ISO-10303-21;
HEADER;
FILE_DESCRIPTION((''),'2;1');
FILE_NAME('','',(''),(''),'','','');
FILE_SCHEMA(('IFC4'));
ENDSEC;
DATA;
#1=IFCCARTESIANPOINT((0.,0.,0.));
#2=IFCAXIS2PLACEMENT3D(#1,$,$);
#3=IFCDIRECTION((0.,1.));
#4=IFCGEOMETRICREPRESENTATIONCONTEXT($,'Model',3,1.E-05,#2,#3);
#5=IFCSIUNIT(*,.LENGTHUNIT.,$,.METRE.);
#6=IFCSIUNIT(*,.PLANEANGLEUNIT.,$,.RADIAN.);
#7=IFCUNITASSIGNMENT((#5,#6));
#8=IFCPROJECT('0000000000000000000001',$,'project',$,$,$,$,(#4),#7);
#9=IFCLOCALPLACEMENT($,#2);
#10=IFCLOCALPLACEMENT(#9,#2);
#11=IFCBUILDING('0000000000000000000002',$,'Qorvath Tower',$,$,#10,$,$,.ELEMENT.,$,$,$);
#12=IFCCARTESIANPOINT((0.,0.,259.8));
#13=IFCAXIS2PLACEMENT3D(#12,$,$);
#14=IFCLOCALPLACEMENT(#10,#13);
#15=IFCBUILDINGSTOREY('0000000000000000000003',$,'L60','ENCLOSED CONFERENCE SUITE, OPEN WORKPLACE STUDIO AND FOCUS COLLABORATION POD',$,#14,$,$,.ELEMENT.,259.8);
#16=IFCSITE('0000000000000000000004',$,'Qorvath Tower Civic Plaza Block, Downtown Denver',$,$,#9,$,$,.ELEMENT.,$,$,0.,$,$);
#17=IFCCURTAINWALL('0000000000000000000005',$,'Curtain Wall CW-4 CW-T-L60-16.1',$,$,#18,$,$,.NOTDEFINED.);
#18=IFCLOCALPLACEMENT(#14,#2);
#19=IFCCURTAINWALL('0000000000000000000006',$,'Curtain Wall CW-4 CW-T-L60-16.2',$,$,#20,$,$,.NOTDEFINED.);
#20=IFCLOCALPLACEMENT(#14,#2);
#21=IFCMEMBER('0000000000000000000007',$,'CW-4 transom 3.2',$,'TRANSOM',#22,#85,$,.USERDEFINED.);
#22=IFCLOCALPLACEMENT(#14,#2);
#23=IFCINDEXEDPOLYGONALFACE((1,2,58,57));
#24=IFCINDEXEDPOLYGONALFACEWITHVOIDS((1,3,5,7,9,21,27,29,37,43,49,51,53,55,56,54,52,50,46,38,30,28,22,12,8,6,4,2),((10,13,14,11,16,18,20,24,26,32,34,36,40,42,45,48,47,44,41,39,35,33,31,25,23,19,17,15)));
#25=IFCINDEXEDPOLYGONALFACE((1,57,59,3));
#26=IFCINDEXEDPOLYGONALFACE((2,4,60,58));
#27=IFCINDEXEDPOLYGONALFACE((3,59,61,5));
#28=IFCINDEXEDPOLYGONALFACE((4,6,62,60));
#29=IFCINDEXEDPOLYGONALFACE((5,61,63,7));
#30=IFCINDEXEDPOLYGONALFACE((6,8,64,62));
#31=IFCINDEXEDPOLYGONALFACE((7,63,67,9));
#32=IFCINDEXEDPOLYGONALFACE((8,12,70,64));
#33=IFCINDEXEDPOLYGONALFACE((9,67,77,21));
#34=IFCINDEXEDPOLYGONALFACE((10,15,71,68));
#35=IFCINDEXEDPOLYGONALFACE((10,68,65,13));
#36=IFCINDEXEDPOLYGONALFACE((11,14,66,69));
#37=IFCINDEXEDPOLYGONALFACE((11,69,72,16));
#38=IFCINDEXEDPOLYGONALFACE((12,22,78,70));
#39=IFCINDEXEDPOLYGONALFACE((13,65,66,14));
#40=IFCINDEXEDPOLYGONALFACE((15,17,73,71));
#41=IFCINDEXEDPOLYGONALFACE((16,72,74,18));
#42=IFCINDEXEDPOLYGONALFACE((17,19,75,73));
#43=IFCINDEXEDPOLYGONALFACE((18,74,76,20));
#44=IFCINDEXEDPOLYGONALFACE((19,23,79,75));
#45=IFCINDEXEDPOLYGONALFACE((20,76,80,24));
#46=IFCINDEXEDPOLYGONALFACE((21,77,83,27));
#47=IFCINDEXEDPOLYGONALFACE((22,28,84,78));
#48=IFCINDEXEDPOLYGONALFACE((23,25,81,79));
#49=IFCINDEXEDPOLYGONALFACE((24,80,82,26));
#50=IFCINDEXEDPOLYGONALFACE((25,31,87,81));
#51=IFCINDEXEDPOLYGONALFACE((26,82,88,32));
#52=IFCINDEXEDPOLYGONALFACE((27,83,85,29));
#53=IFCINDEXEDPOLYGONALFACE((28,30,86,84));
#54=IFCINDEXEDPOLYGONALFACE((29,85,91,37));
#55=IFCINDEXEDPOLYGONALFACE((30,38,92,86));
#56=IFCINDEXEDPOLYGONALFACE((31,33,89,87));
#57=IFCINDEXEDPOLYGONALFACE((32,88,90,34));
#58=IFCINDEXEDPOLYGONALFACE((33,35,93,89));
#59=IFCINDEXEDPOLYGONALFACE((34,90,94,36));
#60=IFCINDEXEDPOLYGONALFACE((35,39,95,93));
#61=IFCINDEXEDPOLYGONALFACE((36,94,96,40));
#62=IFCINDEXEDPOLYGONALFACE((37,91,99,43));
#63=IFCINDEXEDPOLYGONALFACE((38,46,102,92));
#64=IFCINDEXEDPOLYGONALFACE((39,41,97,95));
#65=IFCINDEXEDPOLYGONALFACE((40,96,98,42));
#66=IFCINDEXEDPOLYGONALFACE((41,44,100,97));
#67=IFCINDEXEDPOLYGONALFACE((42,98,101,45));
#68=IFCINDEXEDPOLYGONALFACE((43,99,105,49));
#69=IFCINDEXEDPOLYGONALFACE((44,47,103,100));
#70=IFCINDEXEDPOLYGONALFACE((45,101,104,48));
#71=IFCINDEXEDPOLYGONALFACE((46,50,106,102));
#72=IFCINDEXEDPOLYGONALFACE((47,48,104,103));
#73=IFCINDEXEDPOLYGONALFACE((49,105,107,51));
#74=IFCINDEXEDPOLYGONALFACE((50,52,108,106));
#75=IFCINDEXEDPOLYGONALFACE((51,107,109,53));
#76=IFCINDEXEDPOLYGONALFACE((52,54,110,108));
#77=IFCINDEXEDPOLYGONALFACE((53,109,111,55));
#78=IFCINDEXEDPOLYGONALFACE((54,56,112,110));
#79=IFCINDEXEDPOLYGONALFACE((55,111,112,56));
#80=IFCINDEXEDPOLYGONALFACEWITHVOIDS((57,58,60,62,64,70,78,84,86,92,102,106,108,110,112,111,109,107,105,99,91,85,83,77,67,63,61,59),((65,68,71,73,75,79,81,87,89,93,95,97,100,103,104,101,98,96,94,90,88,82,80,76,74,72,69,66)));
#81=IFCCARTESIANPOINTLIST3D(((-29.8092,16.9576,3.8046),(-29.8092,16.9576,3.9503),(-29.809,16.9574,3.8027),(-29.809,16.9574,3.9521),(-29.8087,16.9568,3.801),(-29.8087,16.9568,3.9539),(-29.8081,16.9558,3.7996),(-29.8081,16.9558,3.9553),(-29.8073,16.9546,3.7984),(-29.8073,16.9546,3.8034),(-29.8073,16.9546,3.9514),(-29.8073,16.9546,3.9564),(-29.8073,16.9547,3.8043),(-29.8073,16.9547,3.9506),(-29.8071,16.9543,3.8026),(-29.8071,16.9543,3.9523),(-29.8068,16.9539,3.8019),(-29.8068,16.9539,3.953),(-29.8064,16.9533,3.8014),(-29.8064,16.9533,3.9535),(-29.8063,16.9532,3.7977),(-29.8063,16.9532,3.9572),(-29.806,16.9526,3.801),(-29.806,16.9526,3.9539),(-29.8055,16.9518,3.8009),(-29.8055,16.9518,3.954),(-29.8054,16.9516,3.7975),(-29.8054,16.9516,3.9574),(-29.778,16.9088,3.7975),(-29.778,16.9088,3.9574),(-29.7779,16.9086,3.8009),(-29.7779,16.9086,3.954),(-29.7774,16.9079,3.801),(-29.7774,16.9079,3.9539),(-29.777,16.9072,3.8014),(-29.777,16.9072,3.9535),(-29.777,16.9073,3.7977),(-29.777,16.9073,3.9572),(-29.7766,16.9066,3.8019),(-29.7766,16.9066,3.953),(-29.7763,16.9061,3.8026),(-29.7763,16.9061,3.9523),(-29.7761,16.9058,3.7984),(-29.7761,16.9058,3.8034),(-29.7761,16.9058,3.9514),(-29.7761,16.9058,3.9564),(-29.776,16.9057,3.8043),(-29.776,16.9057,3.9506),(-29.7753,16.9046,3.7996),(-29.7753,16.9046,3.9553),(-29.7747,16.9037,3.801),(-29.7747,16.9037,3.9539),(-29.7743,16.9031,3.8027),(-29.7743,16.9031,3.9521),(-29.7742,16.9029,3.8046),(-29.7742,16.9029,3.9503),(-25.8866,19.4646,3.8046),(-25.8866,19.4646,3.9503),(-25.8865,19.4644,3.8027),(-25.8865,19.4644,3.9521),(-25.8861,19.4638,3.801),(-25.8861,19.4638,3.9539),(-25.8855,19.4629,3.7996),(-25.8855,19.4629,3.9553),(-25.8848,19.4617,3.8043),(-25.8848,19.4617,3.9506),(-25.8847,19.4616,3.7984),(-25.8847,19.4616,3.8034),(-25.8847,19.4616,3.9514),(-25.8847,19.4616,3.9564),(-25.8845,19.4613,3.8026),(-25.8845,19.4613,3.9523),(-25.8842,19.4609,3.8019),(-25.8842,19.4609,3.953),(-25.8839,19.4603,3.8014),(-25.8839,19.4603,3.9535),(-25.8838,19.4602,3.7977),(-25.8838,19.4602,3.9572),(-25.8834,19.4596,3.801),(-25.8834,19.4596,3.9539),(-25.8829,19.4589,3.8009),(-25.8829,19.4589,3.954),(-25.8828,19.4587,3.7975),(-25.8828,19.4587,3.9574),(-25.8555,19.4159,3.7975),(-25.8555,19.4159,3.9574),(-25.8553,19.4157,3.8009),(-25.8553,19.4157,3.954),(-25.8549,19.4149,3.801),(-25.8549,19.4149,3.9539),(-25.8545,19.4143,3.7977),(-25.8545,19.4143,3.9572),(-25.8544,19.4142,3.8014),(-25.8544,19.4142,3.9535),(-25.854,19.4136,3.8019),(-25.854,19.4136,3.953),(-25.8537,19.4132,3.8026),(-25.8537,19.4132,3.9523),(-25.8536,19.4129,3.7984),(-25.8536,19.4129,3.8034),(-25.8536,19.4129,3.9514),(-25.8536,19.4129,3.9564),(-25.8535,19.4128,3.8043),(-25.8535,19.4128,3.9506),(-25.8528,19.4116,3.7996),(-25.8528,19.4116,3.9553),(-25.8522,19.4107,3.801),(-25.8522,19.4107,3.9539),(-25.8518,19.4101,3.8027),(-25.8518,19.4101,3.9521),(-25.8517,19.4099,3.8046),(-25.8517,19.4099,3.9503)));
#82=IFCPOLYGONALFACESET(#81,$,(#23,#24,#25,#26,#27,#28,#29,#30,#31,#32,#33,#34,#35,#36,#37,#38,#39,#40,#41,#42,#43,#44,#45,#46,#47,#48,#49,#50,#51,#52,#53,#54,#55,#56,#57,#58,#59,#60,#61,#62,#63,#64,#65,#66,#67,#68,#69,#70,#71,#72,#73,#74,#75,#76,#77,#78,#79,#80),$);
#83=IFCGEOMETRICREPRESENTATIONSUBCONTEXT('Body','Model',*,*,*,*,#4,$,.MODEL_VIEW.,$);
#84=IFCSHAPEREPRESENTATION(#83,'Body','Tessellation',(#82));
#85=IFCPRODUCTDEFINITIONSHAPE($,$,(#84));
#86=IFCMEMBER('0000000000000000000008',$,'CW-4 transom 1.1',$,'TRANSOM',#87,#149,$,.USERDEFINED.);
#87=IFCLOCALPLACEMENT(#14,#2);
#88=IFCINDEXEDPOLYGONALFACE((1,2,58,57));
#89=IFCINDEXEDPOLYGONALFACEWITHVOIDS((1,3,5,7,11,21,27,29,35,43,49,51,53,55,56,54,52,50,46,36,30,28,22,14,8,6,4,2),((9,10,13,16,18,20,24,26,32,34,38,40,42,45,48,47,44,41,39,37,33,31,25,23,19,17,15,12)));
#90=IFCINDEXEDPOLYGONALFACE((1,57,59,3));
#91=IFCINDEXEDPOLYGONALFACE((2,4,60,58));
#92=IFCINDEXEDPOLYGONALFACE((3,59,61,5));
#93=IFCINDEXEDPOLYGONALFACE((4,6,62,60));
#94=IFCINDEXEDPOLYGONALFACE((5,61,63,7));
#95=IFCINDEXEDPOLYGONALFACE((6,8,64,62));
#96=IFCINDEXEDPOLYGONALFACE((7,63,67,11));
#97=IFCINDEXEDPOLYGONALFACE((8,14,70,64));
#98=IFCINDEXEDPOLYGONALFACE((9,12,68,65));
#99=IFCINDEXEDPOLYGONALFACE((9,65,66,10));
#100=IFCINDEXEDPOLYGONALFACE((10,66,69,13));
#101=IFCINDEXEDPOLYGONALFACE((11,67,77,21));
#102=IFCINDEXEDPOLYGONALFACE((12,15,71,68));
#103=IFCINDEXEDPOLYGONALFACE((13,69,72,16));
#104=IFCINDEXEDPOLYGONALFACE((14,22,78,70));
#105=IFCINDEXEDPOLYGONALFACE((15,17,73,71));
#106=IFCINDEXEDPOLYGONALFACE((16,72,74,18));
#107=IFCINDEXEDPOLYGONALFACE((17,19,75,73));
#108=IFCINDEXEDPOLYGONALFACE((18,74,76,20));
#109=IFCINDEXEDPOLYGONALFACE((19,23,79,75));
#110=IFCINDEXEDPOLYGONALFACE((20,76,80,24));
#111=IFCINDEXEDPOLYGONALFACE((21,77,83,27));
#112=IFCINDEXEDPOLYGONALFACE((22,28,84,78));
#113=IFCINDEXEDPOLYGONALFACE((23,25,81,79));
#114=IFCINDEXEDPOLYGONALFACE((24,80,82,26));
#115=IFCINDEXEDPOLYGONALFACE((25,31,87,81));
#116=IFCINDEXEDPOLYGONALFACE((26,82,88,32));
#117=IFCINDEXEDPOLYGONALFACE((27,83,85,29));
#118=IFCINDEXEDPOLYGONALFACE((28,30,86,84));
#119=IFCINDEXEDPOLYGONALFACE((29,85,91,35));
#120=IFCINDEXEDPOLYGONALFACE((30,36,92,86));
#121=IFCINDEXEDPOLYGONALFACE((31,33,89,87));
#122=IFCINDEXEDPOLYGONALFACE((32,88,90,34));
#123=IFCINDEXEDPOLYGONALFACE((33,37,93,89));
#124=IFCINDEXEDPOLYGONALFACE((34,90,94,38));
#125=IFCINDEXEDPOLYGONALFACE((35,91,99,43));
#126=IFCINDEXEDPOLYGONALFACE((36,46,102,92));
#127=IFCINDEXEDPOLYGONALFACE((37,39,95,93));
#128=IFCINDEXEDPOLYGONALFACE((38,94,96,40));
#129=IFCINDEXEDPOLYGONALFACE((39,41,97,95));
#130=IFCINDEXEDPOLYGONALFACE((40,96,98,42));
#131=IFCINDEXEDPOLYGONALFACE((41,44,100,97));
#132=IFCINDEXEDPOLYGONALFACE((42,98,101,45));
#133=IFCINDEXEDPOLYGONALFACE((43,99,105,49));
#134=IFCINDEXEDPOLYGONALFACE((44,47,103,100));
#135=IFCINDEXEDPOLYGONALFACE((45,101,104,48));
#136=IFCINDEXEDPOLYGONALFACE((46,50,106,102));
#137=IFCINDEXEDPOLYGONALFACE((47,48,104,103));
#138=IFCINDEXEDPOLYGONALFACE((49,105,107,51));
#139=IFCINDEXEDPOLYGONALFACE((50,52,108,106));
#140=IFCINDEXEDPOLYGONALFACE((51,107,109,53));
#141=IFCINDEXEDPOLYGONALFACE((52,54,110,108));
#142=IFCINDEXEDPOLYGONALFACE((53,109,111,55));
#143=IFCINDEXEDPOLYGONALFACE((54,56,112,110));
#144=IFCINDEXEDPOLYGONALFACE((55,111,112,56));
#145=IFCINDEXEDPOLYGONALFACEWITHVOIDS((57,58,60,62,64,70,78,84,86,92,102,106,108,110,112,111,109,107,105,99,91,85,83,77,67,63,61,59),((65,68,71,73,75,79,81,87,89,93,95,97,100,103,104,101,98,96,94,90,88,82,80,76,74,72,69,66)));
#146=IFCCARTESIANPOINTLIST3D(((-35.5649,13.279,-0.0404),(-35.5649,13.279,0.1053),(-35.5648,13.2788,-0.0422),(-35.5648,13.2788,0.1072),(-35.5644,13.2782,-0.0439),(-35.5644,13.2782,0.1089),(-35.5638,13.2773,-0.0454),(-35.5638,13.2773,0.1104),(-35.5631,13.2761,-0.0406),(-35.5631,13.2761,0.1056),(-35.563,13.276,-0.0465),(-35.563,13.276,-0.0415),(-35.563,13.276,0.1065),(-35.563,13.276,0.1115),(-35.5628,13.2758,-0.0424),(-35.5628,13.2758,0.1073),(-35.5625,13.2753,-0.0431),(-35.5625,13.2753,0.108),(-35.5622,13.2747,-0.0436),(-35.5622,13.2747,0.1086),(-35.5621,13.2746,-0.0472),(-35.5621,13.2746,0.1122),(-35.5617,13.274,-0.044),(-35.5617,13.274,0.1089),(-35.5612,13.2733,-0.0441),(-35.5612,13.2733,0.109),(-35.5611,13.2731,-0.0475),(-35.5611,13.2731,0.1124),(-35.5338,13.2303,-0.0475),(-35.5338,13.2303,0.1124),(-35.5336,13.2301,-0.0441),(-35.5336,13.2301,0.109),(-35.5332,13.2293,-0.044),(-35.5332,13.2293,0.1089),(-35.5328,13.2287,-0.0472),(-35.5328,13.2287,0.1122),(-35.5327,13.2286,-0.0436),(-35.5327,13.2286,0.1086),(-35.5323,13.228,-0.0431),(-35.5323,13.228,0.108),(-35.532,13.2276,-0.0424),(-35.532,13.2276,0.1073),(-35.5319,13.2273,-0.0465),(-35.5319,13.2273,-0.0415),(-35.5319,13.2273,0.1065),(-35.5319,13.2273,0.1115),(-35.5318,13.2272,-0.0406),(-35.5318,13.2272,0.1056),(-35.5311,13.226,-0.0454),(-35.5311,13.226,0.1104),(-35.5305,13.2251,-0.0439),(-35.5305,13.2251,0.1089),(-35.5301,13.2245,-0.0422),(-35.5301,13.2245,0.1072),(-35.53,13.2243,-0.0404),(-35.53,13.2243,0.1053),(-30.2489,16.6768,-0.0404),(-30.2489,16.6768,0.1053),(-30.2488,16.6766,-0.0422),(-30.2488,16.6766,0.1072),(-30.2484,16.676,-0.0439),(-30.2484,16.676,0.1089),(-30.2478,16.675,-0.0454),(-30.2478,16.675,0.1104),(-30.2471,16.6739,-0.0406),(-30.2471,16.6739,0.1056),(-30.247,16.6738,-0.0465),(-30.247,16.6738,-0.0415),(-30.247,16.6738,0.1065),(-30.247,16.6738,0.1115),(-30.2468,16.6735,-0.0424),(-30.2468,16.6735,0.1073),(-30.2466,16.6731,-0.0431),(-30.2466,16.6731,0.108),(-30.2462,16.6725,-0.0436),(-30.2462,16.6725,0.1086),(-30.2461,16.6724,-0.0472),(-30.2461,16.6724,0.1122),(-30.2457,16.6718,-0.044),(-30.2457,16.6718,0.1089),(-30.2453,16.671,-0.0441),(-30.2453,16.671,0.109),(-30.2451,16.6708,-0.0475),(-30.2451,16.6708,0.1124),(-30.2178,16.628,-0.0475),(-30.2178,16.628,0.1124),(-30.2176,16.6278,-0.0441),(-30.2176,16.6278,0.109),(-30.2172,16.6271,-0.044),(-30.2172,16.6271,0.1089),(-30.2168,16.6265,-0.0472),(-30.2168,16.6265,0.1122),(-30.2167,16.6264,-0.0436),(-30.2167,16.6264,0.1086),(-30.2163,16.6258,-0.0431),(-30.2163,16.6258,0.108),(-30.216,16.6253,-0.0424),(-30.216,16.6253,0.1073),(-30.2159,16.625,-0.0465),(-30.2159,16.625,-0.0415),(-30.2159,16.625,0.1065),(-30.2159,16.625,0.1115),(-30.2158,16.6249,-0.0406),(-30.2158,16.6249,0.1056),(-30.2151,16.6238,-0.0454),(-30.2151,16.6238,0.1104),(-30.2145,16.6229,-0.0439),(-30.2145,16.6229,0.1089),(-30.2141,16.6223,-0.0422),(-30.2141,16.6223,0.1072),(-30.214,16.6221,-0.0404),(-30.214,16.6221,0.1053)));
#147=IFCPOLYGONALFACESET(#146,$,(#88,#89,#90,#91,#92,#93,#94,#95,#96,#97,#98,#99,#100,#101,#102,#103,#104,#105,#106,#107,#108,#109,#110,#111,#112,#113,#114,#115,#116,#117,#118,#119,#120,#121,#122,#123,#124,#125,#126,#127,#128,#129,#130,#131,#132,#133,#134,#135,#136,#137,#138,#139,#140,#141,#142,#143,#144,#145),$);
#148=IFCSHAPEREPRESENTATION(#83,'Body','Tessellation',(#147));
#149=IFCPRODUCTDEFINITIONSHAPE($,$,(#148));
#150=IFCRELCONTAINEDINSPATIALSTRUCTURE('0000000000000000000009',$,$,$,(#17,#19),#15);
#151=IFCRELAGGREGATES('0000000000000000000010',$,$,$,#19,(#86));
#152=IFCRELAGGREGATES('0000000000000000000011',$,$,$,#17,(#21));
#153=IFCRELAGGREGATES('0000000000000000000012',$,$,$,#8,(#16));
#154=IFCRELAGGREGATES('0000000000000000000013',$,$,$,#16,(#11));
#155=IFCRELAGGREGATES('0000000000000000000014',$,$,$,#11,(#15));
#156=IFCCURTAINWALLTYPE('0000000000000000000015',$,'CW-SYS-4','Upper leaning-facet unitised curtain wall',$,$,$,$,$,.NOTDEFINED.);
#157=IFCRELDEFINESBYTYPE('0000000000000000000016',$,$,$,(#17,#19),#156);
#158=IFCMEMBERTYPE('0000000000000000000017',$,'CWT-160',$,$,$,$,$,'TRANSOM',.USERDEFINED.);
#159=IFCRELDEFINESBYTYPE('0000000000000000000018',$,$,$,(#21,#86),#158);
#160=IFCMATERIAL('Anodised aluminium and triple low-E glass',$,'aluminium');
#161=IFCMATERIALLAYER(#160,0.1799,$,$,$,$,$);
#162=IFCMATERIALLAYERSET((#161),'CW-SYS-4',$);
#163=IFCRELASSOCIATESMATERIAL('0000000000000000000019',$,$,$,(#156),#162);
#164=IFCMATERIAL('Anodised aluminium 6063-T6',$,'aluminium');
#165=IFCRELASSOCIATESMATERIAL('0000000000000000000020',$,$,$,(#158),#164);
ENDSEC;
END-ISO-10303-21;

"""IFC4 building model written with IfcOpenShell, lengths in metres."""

from ifc_helpers import new_model, si_unit, direction, frame, origin, origin_2d, place, context, subcontext, project, spatial, hollow_rectangle, extrude, material, layer, layer_set, material_profile, profile_set, type_object, element, aggregate, save


model = new_model("IFC4")

# Units and contexts
model_context = context("Model", 3, precision=1e-05, world=origin(), true_north=direction((0.0, 1.0)))
body_context = subcontext(model_context, "Body", "Model", "MODEL_VIEW")
ifc_project = project(units=[si_unit("LENGTHUNIT", "METRE"), si_unit("PLANEANGLEUNIT", "RADIAN")], contexts=[model_context])

# Site, building, storey
site_placement = place(None, origin())
site = spatial("IfcSite", under=ifc_project, at=site_placement, Name="Qorvath Tower Civic Plaza Block, Downtown Denver", CompositionType="ELEMENT", RefElevation=0.0)
building_placement = place(site_placement, origin())
building = spatial("IfcBuilding", under=site, at=building_placement, Name="Qorvath Tower", CompositionType="ELEMENT")
storey_placement = place(building_placement, frame((0.0, 0.0, 259.8)))
storey = spatial("IfcBuildingStorey", under=building, at=storey_placement, Name="L60", Description="ENCLOSED CONFERENCE SUITE, OPEN WORKPLACE STUDIO AND FOCUS COLLABORATION POD", CompositionType="ELEMENT", Elevation=259.8)

# Curtain wall
ifc_material_1 = material(Name="Anodised aluminium and triple low-E glass", Category="aluminium")
ifc_layer_1 = layer(ifc_material_1, 0.1799)
ifc_layer_set_1 = layer_set([ifc_layer_1], Name="CW-SYS-4")
curtain_wall_type = type_object("IfcCurtainWallType", Name="CW-SYS-4", Description="Upper leaning-facet unitised curtain wall", PredefinedType="NOTDEFINED", material=ifc_layer_set_1)
curtain_wall_1_placement = place(storey_placement, origin())
curtain_wall_1 = element("IfcCurtainWall", 1, at=curtain_wall_1_placement, inside=storey, type_object=curtain_wall_type, Name="Curtain Wall CW-4 CW-T-L60-16.1", PredefinedType="NOTDEFINED")

# Curtain wall
curtain_wall_2_placement = place(storey_placement, origin())
curtain_wall_2 = element("IfcCurtainWall", 2, at=curtain_wall_2_placement, inside=storey, type_object=curtain_wall_type, Name="Curtain Wall CW-4 CW-T-L60-16.2", PredefinedType="NOTDEFINED")

# Members
ifc_material_2 = material(Name="Anodised aluminium 6063-T6", Category="aluminium")
ifc_material_profile_1 = material_profile(ifc_material_2, hollow_rectangle(XDim=0.0649, YDim=0.1599, WallThickness=0.0034, InnerFilletRadius=0.0034, OuterFilletRadius=0.0071, at=origin_2d()), Name="CWT 160x65")
ifc_profile_set_1 = profile_set([ifc_material_profile_1], Name="Anodised aluminium 6063-T6")
member_type_1 = type_object("IfcMemberType", Name="CWT-160", ElementType="TRANSOM", PredefinedType="USERDEFINED", material=ifc_profile_set_1)
member_1_placement = place(storey_placement, frame((-25.8691, 19.4373, 3.8774), z_axis=(-0.842602, -0.538537, 0.0), x_axis=(0.538537, -0.842602, 0.0)))
member_1 = element("IfcMember", 3, at=member_1_placement, type_object=member_type_1, Name="CW-4 transom 3.2", ObjectType="TRANSOM", PredefinedType="USERDEFINED", context=body_context, shape_type="SweptSolid", body=[
    extrude(hollow_rectangle(XDim=0.0649, YDim=0.1599, WallThickness=0.0034, InnerFilletRadius=0.0034, OuterFilletRadius=0.0071, at=origin_2d()), origin(), (0.0, 0.0, 1.0), 4.6553),
])
member_2_placement = place(storey_placement, frame((-30.2314, 16.6494, 0.0325), z_axis=(-0.842594, -0.53855, 0.0), x_axis=(0.53855, -0.842594, 0.0)))
member_2 = element("IfcMember", 4, at=member_2_placement, type_object=member_type_1, Name="CW-4 transom 1.1", ObjectType="TRANSOM", PredefinedType="USERDEFINED", context=body_context, shape_type="SweptSolid", body=[
    extrude(hollow_rectangle(XDim=0.0649, YDim=0.1599, WallThickness=0.0034, InnerFilletRadius=0.0034, OuterFilletRadius=0.0071, at=origin_2d()), origin(), (0.0, 0.0, 1.0), 6.3091),
])
aggregate(curtain_wall_2, [member_2])

aggregate(curtain_wall_1, [member_1])

save(model, "model.ifc")
